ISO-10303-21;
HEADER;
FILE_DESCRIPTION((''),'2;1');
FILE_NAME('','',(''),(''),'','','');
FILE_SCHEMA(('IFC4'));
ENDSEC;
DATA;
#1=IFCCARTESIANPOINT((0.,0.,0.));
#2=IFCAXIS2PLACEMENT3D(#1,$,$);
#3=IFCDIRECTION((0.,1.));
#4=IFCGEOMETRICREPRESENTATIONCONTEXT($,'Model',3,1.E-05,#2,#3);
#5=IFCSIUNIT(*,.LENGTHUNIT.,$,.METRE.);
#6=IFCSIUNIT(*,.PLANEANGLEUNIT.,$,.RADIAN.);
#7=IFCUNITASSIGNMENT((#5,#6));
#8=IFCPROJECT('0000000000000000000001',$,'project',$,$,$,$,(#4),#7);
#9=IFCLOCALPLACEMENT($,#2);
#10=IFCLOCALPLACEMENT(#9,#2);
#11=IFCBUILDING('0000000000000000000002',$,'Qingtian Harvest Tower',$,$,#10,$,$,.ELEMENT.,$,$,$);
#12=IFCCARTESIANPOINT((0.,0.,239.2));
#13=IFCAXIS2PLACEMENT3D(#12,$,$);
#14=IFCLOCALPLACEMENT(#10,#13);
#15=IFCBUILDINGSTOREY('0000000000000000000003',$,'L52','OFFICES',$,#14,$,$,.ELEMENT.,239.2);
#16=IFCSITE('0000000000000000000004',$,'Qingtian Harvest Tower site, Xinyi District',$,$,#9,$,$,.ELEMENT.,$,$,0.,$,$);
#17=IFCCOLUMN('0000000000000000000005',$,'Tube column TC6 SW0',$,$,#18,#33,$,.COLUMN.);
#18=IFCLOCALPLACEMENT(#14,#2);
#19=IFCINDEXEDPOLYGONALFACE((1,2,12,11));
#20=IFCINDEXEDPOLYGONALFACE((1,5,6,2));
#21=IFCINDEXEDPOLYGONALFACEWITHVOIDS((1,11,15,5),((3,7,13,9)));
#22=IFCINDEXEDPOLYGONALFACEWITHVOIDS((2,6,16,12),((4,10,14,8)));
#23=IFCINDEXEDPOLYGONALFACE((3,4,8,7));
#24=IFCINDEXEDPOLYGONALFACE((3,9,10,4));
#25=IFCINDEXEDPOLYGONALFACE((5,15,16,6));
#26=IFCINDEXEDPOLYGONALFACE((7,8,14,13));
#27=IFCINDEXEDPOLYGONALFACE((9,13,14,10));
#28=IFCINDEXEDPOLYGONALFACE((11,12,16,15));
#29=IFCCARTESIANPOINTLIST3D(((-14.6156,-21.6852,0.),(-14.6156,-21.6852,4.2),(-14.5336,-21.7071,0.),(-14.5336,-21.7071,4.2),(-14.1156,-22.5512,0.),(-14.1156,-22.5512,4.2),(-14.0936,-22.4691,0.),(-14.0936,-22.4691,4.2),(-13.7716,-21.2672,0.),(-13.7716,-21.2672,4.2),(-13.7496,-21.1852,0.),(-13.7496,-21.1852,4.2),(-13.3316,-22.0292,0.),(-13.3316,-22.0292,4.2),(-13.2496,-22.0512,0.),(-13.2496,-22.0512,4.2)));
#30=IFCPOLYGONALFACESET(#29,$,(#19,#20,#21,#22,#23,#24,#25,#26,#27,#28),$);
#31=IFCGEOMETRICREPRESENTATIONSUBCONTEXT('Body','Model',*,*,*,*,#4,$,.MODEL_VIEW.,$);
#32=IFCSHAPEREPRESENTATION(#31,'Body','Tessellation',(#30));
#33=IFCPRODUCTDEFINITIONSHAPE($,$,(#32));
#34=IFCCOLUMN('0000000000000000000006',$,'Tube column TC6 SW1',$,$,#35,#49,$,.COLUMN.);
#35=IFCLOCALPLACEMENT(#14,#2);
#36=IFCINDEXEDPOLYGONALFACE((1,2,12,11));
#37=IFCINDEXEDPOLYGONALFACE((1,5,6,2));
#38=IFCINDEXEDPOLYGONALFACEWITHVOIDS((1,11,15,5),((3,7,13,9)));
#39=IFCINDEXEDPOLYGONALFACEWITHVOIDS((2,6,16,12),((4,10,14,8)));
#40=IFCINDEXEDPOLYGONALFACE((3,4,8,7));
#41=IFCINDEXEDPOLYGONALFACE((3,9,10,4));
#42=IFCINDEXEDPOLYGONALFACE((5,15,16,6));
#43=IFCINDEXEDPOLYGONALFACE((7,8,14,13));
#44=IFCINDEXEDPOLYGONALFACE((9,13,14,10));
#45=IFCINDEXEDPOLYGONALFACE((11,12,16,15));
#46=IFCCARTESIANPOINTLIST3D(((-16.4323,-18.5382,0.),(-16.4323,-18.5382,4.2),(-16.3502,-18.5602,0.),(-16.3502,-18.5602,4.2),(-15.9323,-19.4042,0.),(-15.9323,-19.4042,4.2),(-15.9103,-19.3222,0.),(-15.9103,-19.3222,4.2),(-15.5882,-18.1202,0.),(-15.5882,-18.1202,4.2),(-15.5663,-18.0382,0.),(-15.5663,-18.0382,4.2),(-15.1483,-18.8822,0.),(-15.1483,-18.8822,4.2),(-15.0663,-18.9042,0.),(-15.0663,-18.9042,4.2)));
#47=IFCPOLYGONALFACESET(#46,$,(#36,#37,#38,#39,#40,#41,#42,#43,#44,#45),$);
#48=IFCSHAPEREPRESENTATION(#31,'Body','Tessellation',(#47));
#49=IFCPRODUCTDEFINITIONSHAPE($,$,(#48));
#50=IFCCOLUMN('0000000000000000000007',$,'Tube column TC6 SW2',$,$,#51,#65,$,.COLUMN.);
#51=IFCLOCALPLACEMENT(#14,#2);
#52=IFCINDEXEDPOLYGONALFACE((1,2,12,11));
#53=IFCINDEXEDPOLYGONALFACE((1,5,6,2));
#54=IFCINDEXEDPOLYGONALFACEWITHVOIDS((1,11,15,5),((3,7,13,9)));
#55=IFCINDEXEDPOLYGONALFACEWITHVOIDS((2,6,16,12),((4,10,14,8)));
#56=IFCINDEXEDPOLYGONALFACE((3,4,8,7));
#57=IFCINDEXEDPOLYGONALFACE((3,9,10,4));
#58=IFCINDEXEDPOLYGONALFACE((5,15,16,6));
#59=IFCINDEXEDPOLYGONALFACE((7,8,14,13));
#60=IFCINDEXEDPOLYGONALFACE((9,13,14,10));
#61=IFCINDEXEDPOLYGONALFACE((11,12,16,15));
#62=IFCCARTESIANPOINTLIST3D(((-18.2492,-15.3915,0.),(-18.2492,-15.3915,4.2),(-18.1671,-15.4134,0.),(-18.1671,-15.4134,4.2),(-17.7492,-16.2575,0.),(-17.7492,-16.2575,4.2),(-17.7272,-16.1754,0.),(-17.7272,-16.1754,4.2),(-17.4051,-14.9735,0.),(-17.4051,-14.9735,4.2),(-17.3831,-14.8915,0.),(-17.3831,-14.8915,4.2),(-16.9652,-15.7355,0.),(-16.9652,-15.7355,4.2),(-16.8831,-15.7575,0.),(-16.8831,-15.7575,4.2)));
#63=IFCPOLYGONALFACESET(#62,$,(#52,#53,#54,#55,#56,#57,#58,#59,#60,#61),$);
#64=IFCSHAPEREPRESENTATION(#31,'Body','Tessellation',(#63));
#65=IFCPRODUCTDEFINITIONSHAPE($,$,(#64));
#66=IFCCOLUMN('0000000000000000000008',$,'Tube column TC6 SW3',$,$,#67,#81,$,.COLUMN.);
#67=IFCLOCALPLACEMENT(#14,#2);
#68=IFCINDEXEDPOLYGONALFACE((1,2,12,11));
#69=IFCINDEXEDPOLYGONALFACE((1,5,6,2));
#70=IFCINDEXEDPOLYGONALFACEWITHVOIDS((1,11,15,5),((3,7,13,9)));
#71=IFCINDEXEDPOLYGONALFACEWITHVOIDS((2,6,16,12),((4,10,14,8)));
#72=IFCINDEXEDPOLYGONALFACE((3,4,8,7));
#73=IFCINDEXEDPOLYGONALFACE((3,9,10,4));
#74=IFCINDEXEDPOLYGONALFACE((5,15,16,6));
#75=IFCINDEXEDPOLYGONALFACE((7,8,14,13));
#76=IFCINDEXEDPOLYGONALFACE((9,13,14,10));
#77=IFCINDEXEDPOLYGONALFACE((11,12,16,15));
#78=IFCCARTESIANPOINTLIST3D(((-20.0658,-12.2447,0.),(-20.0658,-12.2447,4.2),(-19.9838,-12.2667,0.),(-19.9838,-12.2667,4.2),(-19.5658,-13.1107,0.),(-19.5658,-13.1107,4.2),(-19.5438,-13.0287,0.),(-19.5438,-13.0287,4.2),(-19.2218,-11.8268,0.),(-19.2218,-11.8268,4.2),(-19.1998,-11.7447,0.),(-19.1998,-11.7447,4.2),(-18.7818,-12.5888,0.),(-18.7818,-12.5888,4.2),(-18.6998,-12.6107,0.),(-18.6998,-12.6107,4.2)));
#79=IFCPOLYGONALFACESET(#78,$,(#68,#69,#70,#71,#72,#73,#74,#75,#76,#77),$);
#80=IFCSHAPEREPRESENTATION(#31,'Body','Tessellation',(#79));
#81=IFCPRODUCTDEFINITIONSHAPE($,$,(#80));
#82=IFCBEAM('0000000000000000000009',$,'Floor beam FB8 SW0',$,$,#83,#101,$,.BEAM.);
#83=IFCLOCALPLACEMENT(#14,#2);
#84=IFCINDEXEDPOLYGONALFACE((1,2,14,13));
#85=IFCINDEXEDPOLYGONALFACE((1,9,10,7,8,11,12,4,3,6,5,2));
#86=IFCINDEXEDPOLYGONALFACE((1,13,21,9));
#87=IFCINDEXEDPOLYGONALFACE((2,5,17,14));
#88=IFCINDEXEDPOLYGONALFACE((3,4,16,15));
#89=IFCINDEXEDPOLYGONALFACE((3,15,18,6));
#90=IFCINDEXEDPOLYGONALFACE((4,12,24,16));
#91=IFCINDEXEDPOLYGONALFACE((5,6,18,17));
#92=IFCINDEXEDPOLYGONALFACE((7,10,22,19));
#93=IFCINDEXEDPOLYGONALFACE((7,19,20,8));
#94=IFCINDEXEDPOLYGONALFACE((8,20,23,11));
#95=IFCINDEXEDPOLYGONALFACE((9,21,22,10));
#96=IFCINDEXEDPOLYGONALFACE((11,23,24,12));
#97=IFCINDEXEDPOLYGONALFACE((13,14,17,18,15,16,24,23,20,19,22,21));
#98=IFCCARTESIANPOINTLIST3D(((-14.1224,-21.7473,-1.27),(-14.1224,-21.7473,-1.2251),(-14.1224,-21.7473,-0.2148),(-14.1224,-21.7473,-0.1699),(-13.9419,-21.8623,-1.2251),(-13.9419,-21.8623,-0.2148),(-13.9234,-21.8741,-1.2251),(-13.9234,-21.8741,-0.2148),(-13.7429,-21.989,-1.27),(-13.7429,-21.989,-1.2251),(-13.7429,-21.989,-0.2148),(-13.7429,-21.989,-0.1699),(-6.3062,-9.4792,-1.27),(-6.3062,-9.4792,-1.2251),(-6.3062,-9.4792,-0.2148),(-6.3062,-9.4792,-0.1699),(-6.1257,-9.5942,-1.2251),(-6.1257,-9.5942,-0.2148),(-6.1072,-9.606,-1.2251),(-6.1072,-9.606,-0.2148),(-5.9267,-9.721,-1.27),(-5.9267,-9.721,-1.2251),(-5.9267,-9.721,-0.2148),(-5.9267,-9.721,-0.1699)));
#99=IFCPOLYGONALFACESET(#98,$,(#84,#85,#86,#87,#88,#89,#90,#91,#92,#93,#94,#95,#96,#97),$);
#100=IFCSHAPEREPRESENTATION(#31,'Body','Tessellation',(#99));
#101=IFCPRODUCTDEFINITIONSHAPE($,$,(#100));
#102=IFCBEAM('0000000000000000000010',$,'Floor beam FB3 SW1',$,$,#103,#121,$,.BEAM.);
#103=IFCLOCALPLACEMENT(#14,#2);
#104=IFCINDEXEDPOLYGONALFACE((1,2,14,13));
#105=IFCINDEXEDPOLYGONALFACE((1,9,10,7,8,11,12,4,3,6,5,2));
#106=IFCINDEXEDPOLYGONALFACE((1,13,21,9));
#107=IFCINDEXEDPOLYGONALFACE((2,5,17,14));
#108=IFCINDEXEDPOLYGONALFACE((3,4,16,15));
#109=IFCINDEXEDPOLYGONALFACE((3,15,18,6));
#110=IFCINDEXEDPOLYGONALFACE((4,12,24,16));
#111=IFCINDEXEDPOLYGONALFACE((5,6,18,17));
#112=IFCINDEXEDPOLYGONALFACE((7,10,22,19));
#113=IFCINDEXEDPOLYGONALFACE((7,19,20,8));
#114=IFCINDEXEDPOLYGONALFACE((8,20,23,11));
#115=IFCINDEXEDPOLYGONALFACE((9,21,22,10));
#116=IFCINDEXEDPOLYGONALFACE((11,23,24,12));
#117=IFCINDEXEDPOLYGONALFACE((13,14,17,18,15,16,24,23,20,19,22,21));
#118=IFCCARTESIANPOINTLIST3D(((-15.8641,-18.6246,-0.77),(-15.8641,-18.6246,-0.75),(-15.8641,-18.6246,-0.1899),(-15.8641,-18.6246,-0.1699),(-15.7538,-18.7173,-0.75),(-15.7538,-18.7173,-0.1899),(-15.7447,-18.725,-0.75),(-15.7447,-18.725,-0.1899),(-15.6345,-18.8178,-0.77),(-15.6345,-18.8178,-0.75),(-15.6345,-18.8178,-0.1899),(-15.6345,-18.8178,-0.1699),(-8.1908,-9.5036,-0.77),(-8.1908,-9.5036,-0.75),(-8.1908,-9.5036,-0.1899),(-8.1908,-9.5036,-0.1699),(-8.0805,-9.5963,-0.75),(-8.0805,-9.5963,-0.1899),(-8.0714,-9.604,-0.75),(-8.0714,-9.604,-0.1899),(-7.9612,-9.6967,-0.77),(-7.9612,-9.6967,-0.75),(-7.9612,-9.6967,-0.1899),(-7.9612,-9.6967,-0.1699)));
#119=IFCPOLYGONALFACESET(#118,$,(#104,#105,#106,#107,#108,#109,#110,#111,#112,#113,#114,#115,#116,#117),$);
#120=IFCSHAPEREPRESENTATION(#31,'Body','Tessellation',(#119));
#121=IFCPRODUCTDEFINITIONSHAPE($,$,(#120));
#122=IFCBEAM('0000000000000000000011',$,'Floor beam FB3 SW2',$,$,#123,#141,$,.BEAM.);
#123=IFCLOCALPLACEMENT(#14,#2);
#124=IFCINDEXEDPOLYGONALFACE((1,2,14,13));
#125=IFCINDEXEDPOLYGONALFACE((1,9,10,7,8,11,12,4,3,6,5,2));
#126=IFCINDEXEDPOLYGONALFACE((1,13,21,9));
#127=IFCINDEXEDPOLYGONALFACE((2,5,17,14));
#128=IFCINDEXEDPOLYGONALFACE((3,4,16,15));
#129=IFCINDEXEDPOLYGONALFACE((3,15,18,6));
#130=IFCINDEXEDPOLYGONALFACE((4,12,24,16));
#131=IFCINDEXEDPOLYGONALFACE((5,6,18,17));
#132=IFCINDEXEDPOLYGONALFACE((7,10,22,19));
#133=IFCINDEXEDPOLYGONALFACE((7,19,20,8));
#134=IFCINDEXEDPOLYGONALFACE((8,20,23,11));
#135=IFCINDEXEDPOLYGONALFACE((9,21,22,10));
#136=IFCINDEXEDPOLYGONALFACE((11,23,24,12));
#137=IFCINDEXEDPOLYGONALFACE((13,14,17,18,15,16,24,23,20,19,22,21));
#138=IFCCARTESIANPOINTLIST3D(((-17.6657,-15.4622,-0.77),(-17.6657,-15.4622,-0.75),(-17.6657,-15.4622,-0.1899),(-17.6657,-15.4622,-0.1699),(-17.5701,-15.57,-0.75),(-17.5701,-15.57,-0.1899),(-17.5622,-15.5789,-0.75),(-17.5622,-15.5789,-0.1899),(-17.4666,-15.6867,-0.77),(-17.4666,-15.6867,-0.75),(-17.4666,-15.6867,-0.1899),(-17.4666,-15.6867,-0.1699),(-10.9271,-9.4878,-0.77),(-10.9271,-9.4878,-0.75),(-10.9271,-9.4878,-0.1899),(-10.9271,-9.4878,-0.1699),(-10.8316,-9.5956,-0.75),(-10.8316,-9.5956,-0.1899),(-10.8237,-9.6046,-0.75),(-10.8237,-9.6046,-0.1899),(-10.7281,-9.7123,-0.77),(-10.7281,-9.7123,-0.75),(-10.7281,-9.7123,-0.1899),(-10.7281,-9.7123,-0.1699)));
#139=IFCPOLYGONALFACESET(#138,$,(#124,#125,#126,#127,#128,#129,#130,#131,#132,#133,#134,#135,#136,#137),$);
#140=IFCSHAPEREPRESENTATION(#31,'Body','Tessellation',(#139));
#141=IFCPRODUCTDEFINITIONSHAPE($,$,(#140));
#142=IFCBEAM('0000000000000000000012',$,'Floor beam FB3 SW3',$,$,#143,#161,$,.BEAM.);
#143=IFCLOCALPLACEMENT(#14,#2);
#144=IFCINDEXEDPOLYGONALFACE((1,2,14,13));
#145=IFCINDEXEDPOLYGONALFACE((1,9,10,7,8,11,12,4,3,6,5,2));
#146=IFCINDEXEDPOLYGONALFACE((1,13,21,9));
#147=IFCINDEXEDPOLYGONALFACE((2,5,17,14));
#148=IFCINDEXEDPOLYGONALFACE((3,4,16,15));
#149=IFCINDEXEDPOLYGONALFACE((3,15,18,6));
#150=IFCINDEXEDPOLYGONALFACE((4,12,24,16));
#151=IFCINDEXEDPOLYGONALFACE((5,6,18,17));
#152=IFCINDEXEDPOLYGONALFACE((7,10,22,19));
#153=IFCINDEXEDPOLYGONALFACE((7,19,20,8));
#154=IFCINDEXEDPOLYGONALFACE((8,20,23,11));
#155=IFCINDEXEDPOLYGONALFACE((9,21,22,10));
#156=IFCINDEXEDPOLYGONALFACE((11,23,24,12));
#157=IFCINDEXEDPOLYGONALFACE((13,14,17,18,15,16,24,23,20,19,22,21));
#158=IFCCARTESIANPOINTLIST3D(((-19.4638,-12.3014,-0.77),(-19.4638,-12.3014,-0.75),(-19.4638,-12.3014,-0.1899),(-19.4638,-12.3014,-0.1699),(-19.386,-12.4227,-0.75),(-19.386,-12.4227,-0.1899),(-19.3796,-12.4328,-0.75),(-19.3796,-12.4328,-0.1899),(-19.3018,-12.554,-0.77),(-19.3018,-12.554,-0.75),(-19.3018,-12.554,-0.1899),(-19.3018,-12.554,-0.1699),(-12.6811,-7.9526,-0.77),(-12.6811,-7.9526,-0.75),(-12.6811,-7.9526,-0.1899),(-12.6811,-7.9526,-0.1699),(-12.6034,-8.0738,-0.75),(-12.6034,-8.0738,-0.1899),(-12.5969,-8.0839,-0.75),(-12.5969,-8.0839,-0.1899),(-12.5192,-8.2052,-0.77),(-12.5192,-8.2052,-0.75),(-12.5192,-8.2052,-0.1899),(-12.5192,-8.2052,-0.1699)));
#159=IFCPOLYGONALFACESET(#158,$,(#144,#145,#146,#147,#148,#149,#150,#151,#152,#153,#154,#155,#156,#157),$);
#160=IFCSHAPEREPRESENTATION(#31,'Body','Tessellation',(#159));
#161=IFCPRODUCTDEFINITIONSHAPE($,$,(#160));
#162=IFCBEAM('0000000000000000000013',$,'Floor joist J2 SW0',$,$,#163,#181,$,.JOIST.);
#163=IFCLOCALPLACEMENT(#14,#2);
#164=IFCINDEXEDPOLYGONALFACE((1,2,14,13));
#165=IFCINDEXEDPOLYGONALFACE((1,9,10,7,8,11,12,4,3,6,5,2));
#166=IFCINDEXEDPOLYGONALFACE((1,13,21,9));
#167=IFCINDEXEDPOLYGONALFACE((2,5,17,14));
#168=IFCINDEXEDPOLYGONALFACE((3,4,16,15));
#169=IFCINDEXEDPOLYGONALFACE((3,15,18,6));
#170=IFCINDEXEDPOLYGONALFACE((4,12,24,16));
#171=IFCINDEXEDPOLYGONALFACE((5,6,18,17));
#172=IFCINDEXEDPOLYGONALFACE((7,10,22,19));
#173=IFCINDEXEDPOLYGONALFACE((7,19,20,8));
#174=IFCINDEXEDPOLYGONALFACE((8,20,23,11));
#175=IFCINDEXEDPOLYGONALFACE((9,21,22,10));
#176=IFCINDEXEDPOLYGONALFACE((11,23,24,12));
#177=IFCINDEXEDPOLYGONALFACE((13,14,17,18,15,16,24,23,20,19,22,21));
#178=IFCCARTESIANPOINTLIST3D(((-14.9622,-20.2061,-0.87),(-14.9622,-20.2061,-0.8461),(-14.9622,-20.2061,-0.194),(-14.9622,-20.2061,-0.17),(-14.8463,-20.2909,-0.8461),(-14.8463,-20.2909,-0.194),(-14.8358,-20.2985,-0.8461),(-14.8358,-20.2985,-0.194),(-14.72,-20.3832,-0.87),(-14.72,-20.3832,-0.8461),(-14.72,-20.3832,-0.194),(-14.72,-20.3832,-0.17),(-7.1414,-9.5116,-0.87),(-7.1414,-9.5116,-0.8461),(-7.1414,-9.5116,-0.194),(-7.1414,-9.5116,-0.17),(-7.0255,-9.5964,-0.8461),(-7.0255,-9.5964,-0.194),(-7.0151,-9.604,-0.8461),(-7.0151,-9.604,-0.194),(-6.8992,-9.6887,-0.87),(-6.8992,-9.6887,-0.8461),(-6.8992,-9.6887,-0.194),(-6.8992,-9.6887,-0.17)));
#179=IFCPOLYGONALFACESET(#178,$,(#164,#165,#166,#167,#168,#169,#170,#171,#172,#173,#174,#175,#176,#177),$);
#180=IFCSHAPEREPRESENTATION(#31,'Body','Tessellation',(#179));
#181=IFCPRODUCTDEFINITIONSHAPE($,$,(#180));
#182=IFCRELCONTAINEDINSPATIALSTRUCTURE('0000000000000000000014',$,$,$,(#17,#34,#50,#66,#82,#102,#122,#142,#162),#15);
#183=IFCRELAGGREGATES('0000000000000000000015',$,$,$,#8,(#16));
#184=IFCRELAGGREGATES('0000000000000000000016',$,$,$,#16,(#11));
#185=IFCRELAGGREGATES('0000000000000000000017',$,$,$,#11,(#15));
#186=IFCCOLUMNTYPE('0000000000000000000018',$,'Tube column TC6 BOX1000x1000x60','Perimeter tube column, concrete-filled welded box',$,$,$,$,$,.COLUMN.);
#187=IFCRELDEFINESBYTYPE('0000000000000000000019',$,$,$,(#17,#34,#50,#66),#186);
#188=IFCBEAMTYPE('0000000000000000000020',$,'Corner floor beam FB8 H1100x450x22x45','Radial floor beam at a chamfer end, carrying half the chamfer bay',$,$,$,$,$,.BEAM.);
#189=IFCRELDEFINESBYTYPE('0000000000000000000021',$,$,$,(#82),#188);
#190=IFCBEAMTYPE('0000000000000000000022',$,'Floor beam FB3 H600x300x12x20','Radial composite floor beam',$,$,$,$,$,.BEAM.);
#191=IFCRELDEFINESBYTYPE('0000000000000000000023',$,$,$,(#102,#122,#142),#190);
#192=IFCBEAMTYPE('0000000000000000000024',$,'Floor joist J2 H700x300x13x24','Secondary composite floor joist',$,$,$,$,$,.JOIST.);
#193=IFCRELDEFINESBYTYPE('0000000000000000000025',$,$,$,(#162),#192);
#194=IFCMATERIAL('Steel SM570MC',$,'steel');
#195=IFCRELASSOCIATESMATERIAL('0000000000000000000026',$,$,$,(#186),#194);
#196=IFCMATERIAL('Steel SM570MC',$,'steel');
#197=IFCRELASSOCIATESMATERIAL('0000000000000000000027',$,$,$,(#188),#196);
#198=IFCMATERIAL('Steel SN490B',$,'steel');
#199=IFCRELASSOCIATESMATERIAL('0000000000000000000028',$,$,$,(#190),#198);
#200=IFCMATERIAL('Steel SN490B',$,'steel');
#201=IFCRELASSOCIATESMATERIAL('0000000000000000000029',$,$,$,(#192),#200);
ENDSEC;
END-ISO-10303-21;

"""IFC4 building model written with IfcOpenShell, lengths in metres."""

from ifc_helpers import new_model, si_unit, direction, frame, origin, origin_2d, place, context, subcontext, project, spatial, hollow_rectangle, i_section, extrude, material, material_profile, profile_set, type_object, element, save


model = new_model("IFC4")

# Units and contexts
model_context = context("Model", 3, precision=1e-05, world=origin(), true_north=direction((0.0, 1.0)))
body_context = subcontext(model_context, "Body", "Model", "MODEL_VIEW")
ifc_project = project(units=[si_unit("LENGTHUNIT", "METRE"), si_unit("PLANEANGLEUNIT", "RADIAN")], contexts=[model_context])

# Site, building, storey
site_placement = place(None, origin())
site = spatial("IfcSite", under=ifc_project, at=site_placement, Name="Qingtian Harvest Tower site, Xinyi District", CompositionType="ELEMENT", RefElevation=0.0)
building_placement = place(site_placement, origin())
building = spatial("IfcBuilding", under=site, at=building_placement, Name="Qingtian Harvest Tower", CompositionType="ELEMENT")
storey_placement = place(building_placement, frame((0.0, 0.0, 239.2)))
storey = spatial("IfcBuildingStorey", under=building, at=storey_placement, Name="L52", Description="OFFICES", CompositionType="ELEMENT", Elevation=239.2)

# Columns
ifc_material_1 = material(Name="Steel SM570MC", Category="steel")
ifc_material_profile_1 = material_profile(ifc_material_1, hollow_rectangle(XDim=1.0, YDim=1.0, WallThickness=0.0601, at=origin_2d()), Name="BOX1000x1000x60")
ifc_profile_set_1 = profile_set([ifc_material_profile_1], Name="Steel SM570MC")
column_type = type_object("IfcColumnType", Name="Tube column TC6 BOX1000x1000x60", Description="Perimeter tube column, concrete-filled welded box", PredefinedType="COLUMN", material=ifc_profile_set_1)
for number, where, z_axis, x_axis, name in (
    (1, (-13.9326, -21.8682, 0.0), (0.0, 0.0, 1.0), (0.5, -0.866025, 0.0), "Tube column TC6 SW0"),
    (2, (-15.7493, -18.7212, 0.0), (0.0, 0.0, 1.0), (0.5, -0.866025, 0.0), "Tube column TC6 SW1"),
    (3, (-17.5662, -15.5745, 0.0), (0.0, 0.0, 1.0), (0.5, -0.866025, 0.0), "Tube column TC6 SW2"),
    (4, (-19.3828, -12.4277, 0.0), (0.0, 0.0, 1.0), (0.5, -0.866025, 0.0), "Tube column TC6 SW3"),
):
    element("IfcColumn", number, at=place(storey_placement, frame(where, z_axis=z_axis, x_axis=x_axis)), inside=storey, type_object=column_type, Name=name, PredefinedType="COLUMN", context=body_context, shape_type="SweptSolid", body=[
        extrude(hollow_rectangle(XDim=1.0, YDim=1.0, WallThickness=0.0601, at=origin_2d()), origin(), (0.0, 0.0, 1.0), 4.2),
    ])

# Beams
ifc_material_2 = material(Name="Steel SM570MC", Category="steel")
ifc_material_profile_2 = material_profile(ifc_material_2, i_section(OverallWidth=0.45, OverallDepth=1.1001, WebThickness=0.022, FlangeThickness=0.0449, at=origin_2d()), Name="H1100x450x22x45")
ifc_profile_set_2 = profile_set([ifc_material_profile_2], Name="Steel SM570MC")
beam_type_1 = type_object("IfcBeamType", Name="Corner floor beam FB8 H1100x450x22x45", Description="Radial floor beam at a chamfer end, carrying half the chamfer bay", PredefinedType="BEAM", material=ifc_profile_set_2)
beam_1_placement = place(storey_placement, frame((-13.9326, -21.8682, -0.72), z_axis=(0.537326, 0.843375, 0.0), x_axis=(-0.843375, 0.537326, 0.0)))
element("IfcBeam", 5, at=beam_1_placement, inside=storey, type_object=beam_type_1, Name="Floor beam FB8 SW0", PredefinedType="BEAM", context=body_context, shape_type="SweptSolid", body=[
    extrude(i_section(OverallWidth=0.45, OverallDepth=1.1001, WebThickness=0.022, FlangeThickness=0.0449, at=origin_2d()), origin(), (0.0, 0.0, 1.0), 14.5464),
])
ifc_material_3 = material(Name="Steel SN490B", Category="steel")
ifc_material_profile_3 = material_profile(ifc_material_3, i_section(OverallWidth=0.3, OverallDepth=0.6001, WebThickness=0.012, FlangeThickness=0.02, at=origin_2d()), Name="H600x300x12x20")
ifc_profile_set_3 = profile_set([ifc_material_profile_3], Name="Steel SN490B")
beam_type_2 = type_object("IfcBeamType", Name="Floor beam FB3 H600x300x12x20", Description="Radial composite floor beam", PredefinedType="BEAM", material=ifc_profile_set_3)
beam_2_placement = place(storey_placement, frame((-15.7493, -18.7212, -0.47), z_axis=(0.643764, 0.765224, 0.0), x_axis=(-0.765224, 0.643764, 0.0)))
element("IfcBeam", 6, at=beam_2_placement, inside=storey, type_object=beam_type_2, Name="Floor beam FB3 SW1", PredefinedType="BEAM", context=body_context, shape_type="SweptSolid", body=[
    extrude(i_section(OverallWidth=0.3, OverallDepth=0.6001, WebThickness=0.012, FlangeThickness=0.02, at=origin_2d()), origin(), (0.0, 0.0, 1.0), 11.9194),
])
beam_3_placement = place(storey_placement, frame((-17.5662, -15.5745, -0.47), z_axis=(0.74826, 0.663406, 0.0), x_axis=(-0.663406, 0.74826, 0.0)))
element("IfcBeam", 7, at=beam_3_placement, inside=storey, type_object=beam_type_2, Name="Floor beam FB3 SW2", PredefinedType="BEAM", context=body_context, shape_type="SweptSolid", body=[
    extrude(i_section(OverallWidth=0.3, OverallDepth=0.6001, WebThickness=0.012, FlangeThickness=0.02, at=origin_2d()), origin(), (0.0, 0.0, 1.0), 9.0056),
])
beam_4_placement = place(storey_placement, frame((-19.3828, -12.4277, -0.47), z_axis=(0.841824, 0.539753, 0.0), x_axis=(-0.539753, 0.841824, 0.0)))
element("IfcBeam", 8, at=beam_4_placement, inside=storey, type_object=beam_type_2, Name="Floor beam FB3 SW3", PredefinedType="BEAM", context=body_context, shape_type="SweptSolid", body=[
    extrude(i_section(OverallWidth=0.3, OverallDepth=0.6001, WebThickness=0.012, FlangeThickness=0.02, at=origin_2d()), origin(), (0.0, 0.0, 1.0), 8.0571),
])
ifc_material_4 = material(Name="Steel SN490B", Category="steel")
ifc_material_profile_4 = material_profile(ifc_material_4, i_section(OverallWidth=0.3, OverallDepth=0.7, WebThickness=0.0129, FlangeThickness=0.0239, at=origin_2d()), Name="H700x300x13x24")
ifc_profile_set_4 = profile_set([ifc_material_profile_4], Name="Steel SN490B")
beam_type_3 = type_object("IfcBeamType", Name="Floor joist J2 H700x300x13x24", Description="Secondary composite floor joist", PredefinedType="JOIST", material=ifc_profile_set_4)
beam_5_placement = place(storey_placement, frame((-14.8411, -20.2947, -0.52), z_axis=(0.590289, 0.807192, 0.0), x_axis=(-0.807192, 0.590289, 0.0)))
element("IfcBeam", 9, at=beam_5_placement, inside=storey, type_object=beam_type_3, Name="Floor joist J2 SW0", PredefinedType="JOIST", context=body_context, shape_type="SweptSolid", body=[
    extrude(i_section(OverallWidth=0.3, OverallDepth=0.7, WebThickness=0.0129, FlangeThickness=0.0239, at=origin_2d()), origin(), (0.0, 0.0, 1.0), 13.249),
])

save(model, "model.ifc")
